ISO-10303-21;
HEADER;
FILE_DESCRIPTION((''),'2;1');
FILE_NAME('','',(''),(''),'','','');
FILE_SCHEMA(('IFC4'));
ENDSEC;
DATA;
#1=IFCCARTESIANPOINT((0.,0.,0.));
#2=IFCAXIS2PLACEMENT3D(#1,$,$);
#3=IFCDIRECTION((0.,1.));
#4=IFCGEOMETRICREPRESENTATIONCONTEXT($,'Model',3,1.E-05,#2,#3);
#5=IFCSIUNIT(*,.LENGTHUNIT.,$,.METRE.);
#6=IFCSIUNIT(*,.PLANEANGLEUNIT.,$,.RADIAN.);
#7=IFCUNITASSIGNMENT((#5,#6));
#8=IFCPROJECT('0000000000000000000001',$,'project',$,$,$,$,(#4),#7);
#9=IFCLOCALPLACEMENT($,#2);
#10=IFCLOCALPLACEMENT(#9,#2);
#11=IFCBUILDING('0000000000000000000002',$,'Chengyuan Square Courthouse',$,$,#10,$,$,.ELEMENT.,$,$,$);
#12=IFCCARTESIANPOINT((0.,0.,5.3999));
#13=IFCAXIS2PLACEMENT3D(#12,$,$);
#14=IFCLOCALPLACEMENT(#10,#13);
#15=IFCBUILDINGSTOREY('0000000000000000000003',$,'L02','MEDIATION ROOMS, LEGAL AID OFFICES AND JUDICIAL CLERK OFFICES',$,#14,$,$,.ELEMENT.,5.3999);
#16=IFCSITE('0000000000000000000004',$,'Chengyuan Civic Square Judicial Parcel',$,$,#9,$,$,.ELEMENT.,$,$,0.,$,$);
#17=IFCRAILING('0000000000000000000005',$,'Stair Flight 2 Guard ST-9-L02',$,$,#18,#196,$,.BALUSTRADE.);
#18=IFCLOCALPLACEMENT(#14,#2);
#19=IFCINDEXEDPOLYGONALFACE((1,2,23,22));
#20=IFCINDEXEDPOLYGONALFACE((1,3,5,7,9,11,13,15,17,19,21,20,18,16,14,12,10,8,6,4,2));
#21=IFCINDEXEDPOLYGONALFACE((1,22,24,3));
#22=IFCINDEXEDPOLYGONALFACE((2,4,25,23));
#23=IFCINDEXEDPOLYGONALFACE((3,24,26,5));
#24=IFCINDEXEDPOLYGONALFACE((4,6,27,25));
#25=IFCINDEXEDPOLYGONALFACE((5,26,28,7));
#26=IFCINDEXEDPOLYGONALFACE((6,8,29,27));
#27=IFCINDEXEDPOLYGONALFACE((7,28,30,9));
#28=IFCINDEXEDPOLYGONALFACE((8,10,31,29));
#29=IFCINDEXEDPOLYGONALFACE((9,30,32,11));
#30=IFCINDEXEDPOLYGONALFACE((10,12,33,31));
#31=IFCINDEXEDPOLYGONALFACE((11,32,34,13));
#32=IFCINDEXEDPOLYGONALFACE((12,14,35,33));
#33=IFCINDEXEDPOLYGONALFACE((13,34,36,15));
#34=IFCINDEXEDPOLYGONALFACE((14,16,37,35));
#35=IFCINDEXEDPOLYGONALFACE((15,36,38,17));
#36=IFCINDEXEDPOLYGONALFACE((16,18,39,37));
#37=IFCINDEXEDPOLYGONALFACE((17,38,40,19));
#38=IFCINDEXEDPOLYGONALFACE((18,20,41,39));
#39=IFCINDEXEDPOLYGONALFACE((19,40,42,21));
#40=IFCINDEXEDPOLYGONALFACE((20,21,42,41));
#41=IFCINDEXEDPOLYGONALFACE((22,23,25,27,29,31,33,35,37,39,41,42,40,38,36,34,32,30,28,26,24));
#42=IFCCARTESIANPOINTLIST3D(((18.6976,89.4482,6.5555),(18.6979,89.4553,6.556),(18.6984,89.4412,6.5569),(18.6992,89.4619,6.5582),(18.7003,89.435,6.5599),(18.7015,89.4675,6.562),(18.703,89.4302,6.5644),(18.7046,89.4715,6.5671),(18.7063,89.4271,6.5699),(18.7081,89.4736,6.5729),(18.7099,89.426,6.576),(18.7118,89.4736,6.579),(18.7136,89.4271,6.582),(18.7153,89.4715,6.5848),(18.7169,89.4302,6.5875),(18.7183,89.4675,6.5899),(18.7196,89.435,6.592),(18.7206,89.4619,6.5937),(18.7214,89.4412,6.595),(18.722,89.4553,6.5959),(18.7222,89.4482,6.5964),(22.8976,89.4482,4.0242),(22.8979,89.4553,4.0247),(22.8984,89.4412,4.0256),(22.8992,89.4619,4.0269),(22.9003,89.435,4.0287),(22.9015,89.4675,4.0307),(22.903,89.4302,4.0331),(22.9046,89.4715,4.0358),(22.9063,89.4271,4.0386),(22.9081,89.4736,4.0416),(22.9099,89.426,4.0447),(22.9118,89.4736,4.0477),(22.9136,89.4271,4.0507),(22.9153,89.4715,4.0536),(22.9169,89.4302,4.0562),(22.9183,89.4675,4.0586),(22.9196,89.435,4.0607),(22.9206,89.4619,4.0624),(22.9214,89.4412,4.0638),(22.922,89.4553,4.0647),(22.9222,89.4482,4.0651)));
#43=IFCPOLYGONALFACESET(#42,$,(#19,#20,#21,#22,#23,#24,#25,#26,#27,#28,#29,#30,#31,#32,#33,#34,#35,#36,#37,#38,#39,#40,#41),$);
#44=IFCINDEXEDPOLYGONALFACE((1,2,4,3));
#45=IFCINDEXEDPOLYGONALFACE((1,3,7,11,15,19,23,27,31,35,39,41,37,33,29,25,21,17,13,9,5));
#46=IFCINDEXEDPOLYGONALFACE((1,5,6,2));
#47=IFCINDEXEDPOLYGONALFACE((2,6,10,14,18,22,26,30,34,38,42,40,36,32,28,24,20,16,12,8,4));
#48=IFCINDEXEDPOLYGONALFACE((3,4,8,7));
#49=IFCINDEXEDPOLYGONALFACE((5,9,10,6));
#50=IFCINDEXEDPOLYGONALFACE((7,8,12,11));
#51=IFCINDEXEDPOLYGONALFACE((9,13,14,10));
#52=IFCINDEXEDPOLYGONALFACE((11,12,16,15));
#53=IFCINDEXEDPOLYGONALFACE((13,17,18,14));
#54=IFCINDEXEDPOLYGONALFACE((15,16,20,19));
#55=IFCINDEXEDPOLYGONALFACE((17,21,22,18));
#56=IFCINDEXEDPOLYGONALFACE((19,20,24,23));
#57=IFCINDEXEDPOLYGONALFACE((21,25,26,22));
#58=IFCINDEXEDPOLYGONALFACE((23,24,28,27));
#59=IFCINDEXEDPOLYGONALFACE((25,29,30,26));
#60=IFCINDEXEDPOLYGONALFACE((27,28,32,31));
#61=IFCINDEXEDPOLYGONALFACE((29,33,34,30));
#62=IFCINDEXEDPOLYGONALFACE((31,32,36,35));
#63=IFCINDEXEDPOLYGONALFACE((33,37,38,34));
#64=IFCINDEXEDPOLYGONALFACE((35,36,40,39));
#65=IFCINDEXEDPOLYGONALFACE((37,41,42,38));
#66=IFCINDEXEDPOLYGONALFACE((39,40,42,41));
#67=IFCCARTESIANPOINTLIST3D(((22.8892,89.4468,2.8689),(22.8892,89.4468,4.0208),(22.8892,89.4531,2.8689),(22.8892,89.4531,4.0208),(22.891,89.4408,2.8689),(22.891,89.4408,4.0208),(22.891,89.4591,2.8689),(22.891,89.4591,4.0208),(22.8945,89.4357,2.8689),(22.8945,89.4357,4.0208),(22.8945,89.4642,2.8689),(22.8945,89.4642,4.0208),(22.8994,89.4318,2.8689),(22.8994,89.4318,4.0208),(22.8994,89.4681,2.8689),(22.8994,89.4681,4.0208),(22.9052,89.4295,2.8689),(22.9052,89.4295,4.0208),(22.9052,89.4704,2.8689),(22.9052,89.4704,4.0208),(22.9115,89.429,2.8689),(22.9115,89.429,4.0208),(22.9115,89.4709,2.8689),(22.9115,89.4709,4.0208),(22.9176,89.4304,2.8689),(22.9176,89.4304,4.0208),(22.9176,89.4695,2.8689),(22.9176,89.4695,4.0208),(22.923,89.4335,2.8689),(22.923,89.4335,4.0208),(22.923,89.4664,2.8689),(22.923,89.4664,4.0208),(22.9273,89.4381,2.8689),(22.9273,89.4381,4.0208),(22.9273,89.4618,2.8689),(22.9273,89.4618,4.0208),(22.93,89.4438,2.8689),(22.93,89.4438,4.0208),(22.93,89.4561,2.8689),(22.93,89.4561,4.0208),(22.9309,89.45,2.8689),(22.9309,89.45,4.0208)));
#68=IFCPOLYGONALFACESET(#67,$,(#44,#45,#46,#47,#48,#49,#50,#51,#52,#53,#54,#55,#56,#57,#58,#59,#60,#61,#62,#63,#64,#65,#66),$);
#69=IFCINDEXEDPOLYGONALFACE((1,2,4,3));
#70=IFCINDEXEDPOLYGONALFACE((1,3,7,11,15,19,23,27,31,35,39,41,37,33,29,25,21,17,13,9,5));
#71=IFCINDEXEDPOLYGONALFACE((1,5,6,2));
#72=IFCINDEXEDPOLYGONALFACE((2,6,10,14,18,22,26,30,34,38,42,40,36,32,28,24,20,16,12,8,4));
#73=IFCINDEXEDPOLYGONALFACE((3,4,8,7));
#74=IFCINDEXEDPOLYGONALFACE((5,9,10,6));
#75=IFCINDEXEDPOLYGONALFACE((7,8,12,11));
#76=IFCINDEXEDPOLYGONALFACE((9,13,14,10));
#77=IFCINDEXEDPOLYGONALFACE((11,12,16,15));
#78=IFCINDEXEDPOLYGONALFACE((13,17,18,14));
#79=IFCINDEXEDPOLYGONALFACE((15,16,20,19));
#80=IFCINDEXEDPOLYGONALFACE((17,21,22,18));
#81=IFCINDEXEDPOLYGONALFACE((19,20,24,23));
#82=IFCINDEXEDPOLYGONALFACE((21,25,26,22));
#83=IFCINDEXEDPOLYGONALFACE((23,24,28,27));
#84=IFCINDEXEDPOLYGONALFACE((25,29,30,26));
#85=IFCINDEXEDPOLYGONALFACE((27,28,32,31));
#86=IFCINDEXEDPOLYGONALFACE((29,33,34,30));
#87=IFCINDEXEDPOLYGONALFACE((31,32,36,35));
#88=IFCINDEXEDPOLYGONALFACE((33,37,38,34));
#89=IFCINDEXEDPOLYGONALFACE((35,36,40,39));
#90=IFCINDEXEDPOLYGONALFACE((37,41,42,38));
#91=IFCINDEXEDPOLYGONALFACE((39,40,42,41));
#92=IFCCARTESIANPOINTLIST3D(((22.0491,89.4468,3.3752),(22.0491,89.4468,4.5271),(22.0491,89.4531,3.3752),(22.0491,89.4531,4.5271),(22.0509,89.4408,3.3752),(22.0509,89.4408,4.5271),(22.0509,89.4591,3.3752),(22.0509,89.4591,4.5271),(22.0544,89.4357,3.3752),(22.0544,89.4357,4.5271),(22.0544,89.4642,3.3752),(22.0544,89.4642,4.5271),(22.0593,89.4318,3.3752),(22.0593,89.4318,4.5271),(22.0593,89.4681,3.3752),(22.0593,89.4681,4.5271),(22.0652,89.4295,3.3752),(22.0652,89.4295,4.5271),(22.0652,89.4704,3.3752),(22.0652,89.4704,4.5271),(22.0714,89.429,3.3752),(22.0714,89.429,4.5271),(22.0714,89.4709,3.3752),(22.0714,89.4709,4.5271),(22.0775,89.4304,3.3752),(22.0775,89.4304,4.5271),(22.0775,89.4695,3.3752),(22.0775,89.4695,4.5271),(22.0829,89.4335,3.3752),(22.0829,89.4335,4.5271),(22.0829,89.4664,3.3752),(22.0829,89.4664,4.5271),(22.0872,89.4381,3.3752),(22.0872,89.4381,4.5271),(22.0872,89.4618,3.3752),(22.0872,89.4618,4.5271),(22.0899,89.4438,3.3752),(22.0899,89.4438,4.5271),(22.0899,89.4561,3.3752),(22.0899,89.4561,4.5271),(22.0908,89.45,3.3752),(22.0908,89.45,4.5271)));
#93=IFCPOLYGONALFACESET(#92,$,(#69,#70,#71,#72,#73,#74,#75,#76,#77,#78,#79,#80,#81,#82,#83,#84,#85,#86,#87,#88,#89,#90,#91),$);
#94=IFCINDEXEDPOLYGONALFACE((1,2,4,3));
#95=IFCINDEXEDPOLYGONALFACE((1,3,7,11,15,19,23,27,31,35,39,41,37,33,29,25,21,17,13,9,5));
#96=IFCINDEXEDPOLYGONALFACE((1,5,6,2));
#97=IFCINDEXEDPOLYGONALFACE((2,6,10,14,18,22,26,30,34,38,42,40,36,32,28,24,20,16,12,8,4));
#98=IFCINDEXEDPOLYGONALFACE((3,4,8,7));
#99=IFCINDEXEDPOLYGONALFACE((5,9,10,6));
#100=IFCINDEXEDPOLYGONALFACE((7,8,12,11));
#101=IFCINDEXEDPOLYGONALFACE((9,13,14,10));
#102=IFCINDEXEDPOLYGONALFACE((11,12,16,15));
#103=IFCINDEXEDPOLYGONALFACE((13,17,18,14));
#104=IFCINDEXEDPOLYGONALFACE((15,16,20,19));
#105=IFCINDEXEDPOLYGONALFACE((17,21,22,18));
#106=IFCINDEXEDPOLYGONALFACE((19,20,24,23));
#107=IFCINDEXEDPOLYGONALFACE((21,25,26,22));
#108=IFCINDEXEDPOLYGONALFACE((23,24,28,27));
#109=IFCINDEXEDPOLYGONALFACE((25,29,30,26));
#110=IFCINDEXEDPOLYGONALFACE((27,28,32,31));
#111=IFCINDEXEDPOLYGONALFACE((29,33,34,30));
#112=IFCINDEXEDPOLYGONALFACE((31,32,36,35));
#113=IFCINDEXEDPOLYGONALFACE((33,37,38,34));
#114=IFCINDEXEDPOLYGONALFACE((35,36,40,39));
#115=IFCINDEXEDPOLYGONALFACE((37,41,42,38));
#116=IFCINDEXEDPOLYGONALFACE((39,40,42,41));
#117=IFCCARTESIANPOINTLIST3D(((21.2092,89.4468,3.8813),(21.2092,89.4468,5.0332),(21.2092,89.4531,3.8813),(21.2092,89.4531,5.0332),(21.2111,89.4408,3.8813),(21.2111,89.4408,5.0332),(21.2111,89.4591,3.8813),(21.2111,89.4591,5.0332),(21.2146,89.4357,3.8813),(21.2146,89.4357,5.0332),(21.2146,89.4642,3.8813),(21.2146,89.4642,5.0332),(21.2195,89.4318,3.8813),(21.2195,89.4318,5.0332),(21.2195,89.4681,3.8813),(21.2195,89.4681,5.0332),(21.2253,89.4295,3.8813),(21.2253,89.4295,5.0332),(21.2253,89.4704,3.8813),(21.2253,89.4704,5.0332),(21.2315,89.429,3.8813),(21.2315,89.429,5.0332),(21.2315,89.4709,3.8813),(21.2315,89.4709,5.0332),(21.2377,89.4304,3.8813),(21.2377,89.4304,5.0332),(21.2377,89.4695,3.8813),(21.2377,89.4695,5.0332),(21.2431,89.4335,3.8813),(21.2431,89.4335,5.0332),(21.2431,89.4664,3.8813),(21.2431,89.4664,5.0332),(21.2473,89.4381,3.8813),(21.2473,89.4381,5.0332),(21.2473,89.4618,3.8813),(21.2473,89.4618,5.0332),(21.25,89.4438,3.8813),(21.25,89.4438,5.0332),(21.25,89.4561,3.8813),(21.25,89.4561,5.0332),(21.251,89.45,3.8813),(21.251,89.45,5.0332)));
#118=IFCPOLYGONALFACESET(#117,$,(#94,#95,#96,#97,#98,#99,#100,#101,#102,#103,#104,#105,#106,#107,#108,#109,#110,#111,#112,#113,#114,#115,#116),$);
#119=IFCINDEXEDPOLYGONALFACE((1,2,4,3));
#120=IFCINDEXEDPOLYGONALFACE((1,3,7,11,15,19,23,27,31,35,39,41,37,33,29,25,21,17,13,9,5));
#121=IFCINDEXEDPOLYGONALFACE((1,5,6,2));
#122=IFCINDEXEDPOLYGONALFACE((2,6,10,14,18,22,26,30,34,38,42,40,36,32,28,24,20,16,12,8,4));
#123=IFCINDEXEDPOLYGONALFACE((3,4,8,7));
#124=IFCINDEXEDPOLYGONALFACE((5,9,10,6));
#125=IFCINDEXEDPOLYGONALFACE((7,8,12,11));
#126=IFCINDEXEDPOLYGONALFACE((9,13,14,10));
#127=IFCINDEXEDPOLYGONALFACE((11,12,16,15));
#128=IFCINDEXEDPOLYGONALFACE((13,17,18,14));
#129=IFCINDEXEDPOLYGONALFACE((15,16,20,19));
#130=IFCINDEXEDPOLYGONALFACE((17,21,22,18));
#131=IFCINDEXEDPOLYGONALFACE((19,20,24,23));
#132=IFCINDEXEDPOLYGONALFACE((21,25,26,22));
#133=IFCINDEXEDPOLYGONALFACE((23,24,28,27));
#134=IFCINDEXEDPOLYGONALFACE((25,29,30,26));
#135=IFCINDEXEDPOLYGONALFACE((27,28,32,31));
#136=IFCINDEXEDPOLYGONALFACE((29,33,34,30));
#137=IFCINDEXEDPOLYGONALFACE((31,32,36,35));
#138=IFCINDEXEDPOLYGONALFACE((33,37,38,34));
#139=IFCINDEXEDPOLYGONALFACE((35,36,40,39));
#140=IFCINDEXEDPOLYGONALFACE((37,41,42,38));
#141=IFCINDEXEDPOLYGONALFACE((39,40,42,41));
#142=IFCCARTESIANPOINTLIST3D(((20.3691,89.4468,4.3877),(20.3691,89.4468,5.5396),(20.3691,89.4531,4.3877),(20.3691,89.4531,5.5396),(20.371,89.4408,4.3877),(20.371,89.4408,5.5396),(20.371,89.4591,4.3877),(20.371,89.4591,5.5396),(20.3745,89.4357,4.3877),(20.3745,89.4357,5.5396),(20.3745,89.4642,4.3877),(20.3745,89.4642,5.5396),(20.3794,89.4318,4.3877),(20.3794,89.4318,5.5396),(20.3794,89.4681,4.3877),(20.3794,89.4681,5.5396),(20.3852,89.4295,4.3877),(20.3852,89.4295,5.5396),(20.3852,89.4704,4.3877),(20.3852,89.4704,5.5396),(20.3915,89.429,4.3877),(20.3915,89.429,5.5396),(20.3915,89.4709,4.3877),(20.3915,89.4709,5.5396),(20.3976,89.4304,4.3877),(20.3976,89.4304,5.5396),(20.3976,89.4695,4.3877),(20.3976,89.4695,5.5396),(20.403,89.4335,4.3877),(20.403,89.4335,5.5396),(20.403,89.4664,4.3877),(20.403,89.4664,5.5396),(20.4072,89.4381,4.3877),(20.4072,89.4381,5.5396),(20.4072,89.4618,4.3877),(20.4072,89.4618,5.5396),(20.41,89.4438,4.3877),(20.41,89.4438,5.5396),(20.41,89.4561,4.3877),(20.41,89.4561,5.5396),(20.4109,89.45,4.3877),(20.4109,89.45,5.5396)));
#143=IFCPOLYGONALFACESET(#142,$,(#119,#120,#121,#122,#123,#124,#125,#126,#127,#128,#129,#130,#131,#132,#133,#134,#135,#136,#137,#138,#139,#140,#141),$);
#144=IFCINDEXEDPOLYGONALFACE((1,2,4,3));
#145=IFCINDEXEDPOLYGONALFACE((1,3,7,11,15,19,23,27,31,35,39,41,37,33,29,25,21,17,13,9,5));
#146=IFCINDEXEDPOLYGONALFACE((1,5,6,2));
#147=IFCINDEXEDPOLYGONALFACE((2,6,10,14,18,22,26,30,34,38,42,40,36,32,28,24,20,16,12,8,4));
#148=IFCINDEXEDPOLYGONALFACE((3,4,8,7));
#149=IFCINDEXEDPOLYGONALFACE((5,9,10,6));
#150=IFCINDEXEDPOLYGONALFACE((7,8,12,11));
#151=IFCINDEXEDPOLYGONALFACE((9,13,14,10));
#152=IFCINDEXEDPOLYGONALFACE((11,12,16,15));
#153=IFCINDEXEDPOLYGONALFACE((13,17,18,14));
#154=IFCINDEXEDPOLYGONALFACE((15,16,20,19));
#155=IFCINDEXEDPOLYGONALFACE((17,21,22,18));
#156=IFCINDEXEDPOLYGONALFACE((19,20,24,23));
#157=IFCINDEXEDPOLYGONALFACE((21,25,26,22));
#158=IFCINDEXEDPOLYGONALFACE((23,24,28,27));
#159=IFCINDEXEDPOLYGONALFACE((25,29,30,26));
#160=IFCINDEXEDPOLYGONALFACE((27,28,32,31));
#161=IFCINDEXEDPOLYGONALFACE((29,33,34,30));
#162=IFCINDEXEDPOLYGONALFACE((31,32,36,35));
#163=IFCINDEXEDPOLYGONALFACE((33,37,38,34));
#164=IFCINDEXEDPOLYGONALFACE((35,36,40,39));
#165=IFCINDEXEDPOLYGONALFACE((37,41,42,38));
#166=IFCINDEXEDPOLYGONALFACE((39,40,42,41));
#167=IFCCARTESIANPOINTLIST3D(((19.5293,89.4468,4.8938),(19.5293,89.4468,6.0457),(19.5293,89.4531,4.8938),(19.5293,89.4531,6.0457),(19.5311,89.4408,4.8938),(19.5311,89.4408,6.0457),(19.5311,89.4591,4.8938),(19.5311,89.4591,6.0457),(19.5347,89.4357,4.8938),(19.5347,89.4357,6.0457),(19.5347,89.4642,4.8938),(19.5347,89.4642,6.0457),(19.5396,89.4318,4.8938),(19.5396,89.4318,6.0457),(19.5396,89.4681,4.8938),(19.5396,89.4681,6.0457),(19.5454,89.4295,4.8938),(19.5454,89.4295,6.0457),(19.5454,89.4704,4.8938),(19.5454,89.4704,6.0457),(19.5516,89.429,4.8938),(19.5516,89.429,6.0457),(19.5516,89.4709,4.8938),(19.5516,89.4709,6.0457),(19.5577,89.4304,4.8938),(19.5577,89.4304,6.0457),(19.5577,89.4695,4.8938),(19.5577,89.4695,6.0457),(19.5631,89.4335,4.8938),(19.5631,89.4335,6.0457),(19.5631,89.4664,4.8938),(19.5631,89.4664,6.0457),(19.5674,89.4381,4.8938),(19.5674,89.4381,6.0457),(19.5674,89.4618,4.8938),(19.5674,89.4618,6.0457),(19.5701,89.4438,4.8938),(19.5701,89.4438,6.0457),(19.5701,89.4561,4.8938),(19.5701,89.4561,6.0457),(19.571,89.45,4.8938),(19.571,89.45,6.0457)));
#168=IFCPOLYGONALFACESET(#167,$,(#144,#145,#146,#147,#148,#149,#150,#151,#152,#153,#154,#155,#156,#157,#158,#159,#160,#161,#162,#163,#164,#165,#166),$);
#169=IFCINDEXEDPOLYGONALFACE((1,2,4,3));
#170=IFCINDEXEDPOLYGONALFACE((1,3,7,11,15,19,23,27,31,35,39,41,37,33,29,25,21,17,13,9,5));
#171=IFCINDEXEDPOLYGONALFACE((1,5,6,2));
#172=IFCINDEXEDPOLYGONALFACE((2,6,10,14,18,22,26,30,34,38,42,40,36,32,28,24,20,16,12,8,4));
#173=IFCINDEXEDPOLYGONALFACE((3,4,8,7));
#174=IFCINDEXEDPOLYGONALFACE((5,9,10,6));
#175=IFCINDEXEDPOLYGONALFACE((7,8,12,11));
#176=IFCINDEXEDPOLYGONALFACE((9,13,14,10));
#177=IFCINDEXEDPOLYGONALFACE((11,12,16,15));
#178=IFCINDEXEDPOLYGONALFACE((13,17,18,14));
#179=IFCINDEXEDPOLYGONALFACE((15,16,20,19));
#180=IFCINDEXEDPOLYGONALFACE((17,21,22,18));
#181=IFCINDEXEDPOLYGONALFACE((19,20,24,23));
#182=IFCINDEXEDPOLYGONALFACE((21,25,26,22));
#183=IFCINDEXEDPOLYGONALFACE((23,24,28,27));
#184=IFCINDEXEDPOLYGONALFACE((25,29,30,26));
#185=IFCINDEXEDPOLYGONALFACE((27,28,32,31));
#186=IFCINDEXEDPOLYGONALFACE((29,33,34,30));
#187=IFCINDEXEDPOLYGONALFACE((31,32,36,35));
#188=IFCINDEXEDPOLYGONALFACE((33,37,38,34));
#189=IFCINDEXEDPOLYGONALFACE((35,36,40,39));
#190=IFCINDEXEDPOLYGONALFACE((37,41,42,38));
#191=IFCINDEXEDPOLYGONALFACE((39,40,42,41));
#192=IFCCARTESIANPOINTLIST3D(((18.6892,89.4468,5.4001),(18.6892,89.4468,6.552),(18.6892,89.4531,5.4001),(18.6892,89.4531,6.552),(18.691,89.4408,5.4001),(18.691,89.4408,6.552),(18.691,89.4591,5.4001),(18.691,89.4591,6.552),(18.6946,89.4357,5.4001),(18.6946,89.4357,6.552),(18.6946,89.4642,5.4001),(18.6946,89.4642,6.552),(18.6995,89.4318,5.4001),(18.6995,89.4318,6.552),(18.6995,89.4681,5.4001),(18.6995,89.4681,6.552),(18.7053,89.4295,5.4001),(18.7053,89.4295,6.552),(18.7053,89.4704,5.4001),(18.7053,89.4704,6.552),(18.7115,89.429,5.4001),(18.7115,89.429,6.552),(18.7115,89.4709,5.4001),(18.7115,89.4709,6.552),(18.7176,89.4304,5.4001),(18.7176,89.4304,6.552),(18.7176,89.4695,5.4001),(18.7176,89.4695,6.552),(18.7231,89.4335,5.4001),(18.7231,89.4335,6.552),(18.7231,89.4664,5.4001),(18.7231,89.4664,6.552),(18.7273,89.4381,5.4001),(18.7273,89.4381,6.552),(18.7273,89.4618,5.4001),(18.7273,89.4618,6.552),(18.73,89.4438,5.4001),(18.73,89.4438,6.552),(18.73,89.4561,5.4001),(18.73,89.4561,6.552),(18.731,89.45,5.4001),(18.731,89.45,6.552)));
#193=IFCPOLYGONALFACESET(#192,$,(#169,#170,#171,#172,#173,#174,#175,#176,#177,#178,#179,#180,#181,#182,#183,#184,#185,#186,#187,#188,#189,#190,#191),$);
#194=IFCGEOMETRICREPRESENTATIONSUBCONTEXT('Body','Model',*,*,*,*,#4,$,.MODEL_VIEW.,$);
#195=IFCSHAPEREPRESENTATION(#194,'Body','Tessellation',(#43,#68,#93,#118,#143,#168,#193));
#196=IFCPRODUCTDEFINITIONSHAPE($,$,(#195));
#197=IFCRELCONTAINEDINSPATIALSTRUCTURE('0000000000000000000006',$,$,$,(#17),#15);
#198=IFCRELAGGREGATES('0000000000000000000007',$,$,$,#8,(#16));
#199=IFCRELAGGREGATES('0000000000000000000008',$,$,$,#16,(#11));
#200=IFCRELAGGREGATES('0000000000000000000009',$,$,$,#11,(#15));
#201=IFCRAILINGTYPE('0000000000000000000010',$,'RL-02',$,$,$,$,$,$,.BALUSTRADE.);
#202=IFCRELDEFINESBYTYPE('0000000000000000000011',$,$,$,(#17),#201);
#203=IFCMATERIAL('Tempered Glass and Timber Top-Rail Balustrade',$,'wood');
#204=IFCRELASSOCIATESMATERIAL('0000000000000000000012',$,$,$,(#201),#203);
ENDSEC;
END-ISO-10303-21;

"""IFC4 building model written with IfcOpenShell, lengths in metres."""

from ifc_helpers import new_model, si_unit, direction, frame, origin, origin_2d, place, context, subcontext, project, spatial, circle, extrude, material, type_object, element, save


model = new_model("IFC4")

# Units and contexts
model_context = context("Model", 3, precision=1e-05, world=origin(), true_north=direction((0.0, 1.0)))
body_context = subcontext(model_context, "Body", "Model", "MODEL_VIEW")
ifc_project = project(units=[si_unit("LENGTHUNIT", "METRE"), si_unit("PLANEANGLEUNIT", "RADIAN")], contexts=[model_context])

# Site, building, storey
site_placement = place(None, origin())
site = spatial("IfcSite", under=ifc_project, at=site_placement, Name="Chengyuan Civic Square Judicial Parcel", CompositionType="ELEMENT", RefElevation=0.0)
building_placement = place(site_placement, origin())
building = spatial("IfcBuilding", under=site, at=building_placement, Name="Chengyuan Square Courthouse", CompositionType="ELEMENT")
storey_placement = place(building_placement, frame((0.0, 0.0, 5.3999)))
storey = spatial("IfcBuildingStorey", under=building, at=storey_placement, Name="L02", Description="MEDIATION ROOMS, LEGAL AID OFFICES AND JUDICIAL CLERK OFFICES", CompositionType="ELEMENT", Elevation=5.3999)

# Railing
ifc_material_1 = material(Name="Tempered Glass and Timber Top-Rail Balustrade", Category="wood")
railing_type_1 = type_object("IfcRailingType", Name="RL-02", PredefinedType="BALUSTRADE", material=ifc_material_1)
railing_1_placement = place(storey_placement, frame((22.9099, 89.45, 2.8689)))
element("IfcRailing", 1, at=railing_1_placement, inside=storey, type_object=railing_type_1, Name="Stair Flight 2 Guard ST-9-L02", PredefinedType="BALUSTRADE", context=body_context, shape_type="SweptSolid", body=[
    extrude(circle(Radius=0.0239, at=origin_2d()), frame((0.0, 0.0, 1.1758), z_axis=(-0.856476, 0.0, 0.516186), x_axis=(0.0, -1.0, 0.0)), (0.0, 0.0, 1.0), 4.9038),
    extrude(circle(Radius=0.021, at=origin_2d()), origin(), (0.0, 0.0, 1.0), 1.1519),
    extrude(circle(Radius=0.021, at=origin_2d()), frame((-0.8401, 0.0, 0.5063)), (0.0, 0.0, 1.0), 1.1519),
    extrude(circle(Radius=0.021, at=origin_2d()), frame((-1.6799, 0.0, 1.0125)), (0.0, 0.0, 1.0), 1.1519),
    extrude(circle(Radius=0.021, at=origin_2d()), frame((-2.52, 0.0, 1.5188)), (0.0, 0.0, 1.0), 1.1519),
    extrude(circle(Radius=0.021, at=origin_2d()), frame((-3.3599, 0.0, 2.0249)), (0.0, 0.0, 1.0), 1.1519),
    extrude(circle(Radius=0.021, at=origin_2d()), frame((-4.2, 0.0, 2.5312)), (0.0, 0.0, 1.0), 1.1519),
])

save(model, "model.ifc")
